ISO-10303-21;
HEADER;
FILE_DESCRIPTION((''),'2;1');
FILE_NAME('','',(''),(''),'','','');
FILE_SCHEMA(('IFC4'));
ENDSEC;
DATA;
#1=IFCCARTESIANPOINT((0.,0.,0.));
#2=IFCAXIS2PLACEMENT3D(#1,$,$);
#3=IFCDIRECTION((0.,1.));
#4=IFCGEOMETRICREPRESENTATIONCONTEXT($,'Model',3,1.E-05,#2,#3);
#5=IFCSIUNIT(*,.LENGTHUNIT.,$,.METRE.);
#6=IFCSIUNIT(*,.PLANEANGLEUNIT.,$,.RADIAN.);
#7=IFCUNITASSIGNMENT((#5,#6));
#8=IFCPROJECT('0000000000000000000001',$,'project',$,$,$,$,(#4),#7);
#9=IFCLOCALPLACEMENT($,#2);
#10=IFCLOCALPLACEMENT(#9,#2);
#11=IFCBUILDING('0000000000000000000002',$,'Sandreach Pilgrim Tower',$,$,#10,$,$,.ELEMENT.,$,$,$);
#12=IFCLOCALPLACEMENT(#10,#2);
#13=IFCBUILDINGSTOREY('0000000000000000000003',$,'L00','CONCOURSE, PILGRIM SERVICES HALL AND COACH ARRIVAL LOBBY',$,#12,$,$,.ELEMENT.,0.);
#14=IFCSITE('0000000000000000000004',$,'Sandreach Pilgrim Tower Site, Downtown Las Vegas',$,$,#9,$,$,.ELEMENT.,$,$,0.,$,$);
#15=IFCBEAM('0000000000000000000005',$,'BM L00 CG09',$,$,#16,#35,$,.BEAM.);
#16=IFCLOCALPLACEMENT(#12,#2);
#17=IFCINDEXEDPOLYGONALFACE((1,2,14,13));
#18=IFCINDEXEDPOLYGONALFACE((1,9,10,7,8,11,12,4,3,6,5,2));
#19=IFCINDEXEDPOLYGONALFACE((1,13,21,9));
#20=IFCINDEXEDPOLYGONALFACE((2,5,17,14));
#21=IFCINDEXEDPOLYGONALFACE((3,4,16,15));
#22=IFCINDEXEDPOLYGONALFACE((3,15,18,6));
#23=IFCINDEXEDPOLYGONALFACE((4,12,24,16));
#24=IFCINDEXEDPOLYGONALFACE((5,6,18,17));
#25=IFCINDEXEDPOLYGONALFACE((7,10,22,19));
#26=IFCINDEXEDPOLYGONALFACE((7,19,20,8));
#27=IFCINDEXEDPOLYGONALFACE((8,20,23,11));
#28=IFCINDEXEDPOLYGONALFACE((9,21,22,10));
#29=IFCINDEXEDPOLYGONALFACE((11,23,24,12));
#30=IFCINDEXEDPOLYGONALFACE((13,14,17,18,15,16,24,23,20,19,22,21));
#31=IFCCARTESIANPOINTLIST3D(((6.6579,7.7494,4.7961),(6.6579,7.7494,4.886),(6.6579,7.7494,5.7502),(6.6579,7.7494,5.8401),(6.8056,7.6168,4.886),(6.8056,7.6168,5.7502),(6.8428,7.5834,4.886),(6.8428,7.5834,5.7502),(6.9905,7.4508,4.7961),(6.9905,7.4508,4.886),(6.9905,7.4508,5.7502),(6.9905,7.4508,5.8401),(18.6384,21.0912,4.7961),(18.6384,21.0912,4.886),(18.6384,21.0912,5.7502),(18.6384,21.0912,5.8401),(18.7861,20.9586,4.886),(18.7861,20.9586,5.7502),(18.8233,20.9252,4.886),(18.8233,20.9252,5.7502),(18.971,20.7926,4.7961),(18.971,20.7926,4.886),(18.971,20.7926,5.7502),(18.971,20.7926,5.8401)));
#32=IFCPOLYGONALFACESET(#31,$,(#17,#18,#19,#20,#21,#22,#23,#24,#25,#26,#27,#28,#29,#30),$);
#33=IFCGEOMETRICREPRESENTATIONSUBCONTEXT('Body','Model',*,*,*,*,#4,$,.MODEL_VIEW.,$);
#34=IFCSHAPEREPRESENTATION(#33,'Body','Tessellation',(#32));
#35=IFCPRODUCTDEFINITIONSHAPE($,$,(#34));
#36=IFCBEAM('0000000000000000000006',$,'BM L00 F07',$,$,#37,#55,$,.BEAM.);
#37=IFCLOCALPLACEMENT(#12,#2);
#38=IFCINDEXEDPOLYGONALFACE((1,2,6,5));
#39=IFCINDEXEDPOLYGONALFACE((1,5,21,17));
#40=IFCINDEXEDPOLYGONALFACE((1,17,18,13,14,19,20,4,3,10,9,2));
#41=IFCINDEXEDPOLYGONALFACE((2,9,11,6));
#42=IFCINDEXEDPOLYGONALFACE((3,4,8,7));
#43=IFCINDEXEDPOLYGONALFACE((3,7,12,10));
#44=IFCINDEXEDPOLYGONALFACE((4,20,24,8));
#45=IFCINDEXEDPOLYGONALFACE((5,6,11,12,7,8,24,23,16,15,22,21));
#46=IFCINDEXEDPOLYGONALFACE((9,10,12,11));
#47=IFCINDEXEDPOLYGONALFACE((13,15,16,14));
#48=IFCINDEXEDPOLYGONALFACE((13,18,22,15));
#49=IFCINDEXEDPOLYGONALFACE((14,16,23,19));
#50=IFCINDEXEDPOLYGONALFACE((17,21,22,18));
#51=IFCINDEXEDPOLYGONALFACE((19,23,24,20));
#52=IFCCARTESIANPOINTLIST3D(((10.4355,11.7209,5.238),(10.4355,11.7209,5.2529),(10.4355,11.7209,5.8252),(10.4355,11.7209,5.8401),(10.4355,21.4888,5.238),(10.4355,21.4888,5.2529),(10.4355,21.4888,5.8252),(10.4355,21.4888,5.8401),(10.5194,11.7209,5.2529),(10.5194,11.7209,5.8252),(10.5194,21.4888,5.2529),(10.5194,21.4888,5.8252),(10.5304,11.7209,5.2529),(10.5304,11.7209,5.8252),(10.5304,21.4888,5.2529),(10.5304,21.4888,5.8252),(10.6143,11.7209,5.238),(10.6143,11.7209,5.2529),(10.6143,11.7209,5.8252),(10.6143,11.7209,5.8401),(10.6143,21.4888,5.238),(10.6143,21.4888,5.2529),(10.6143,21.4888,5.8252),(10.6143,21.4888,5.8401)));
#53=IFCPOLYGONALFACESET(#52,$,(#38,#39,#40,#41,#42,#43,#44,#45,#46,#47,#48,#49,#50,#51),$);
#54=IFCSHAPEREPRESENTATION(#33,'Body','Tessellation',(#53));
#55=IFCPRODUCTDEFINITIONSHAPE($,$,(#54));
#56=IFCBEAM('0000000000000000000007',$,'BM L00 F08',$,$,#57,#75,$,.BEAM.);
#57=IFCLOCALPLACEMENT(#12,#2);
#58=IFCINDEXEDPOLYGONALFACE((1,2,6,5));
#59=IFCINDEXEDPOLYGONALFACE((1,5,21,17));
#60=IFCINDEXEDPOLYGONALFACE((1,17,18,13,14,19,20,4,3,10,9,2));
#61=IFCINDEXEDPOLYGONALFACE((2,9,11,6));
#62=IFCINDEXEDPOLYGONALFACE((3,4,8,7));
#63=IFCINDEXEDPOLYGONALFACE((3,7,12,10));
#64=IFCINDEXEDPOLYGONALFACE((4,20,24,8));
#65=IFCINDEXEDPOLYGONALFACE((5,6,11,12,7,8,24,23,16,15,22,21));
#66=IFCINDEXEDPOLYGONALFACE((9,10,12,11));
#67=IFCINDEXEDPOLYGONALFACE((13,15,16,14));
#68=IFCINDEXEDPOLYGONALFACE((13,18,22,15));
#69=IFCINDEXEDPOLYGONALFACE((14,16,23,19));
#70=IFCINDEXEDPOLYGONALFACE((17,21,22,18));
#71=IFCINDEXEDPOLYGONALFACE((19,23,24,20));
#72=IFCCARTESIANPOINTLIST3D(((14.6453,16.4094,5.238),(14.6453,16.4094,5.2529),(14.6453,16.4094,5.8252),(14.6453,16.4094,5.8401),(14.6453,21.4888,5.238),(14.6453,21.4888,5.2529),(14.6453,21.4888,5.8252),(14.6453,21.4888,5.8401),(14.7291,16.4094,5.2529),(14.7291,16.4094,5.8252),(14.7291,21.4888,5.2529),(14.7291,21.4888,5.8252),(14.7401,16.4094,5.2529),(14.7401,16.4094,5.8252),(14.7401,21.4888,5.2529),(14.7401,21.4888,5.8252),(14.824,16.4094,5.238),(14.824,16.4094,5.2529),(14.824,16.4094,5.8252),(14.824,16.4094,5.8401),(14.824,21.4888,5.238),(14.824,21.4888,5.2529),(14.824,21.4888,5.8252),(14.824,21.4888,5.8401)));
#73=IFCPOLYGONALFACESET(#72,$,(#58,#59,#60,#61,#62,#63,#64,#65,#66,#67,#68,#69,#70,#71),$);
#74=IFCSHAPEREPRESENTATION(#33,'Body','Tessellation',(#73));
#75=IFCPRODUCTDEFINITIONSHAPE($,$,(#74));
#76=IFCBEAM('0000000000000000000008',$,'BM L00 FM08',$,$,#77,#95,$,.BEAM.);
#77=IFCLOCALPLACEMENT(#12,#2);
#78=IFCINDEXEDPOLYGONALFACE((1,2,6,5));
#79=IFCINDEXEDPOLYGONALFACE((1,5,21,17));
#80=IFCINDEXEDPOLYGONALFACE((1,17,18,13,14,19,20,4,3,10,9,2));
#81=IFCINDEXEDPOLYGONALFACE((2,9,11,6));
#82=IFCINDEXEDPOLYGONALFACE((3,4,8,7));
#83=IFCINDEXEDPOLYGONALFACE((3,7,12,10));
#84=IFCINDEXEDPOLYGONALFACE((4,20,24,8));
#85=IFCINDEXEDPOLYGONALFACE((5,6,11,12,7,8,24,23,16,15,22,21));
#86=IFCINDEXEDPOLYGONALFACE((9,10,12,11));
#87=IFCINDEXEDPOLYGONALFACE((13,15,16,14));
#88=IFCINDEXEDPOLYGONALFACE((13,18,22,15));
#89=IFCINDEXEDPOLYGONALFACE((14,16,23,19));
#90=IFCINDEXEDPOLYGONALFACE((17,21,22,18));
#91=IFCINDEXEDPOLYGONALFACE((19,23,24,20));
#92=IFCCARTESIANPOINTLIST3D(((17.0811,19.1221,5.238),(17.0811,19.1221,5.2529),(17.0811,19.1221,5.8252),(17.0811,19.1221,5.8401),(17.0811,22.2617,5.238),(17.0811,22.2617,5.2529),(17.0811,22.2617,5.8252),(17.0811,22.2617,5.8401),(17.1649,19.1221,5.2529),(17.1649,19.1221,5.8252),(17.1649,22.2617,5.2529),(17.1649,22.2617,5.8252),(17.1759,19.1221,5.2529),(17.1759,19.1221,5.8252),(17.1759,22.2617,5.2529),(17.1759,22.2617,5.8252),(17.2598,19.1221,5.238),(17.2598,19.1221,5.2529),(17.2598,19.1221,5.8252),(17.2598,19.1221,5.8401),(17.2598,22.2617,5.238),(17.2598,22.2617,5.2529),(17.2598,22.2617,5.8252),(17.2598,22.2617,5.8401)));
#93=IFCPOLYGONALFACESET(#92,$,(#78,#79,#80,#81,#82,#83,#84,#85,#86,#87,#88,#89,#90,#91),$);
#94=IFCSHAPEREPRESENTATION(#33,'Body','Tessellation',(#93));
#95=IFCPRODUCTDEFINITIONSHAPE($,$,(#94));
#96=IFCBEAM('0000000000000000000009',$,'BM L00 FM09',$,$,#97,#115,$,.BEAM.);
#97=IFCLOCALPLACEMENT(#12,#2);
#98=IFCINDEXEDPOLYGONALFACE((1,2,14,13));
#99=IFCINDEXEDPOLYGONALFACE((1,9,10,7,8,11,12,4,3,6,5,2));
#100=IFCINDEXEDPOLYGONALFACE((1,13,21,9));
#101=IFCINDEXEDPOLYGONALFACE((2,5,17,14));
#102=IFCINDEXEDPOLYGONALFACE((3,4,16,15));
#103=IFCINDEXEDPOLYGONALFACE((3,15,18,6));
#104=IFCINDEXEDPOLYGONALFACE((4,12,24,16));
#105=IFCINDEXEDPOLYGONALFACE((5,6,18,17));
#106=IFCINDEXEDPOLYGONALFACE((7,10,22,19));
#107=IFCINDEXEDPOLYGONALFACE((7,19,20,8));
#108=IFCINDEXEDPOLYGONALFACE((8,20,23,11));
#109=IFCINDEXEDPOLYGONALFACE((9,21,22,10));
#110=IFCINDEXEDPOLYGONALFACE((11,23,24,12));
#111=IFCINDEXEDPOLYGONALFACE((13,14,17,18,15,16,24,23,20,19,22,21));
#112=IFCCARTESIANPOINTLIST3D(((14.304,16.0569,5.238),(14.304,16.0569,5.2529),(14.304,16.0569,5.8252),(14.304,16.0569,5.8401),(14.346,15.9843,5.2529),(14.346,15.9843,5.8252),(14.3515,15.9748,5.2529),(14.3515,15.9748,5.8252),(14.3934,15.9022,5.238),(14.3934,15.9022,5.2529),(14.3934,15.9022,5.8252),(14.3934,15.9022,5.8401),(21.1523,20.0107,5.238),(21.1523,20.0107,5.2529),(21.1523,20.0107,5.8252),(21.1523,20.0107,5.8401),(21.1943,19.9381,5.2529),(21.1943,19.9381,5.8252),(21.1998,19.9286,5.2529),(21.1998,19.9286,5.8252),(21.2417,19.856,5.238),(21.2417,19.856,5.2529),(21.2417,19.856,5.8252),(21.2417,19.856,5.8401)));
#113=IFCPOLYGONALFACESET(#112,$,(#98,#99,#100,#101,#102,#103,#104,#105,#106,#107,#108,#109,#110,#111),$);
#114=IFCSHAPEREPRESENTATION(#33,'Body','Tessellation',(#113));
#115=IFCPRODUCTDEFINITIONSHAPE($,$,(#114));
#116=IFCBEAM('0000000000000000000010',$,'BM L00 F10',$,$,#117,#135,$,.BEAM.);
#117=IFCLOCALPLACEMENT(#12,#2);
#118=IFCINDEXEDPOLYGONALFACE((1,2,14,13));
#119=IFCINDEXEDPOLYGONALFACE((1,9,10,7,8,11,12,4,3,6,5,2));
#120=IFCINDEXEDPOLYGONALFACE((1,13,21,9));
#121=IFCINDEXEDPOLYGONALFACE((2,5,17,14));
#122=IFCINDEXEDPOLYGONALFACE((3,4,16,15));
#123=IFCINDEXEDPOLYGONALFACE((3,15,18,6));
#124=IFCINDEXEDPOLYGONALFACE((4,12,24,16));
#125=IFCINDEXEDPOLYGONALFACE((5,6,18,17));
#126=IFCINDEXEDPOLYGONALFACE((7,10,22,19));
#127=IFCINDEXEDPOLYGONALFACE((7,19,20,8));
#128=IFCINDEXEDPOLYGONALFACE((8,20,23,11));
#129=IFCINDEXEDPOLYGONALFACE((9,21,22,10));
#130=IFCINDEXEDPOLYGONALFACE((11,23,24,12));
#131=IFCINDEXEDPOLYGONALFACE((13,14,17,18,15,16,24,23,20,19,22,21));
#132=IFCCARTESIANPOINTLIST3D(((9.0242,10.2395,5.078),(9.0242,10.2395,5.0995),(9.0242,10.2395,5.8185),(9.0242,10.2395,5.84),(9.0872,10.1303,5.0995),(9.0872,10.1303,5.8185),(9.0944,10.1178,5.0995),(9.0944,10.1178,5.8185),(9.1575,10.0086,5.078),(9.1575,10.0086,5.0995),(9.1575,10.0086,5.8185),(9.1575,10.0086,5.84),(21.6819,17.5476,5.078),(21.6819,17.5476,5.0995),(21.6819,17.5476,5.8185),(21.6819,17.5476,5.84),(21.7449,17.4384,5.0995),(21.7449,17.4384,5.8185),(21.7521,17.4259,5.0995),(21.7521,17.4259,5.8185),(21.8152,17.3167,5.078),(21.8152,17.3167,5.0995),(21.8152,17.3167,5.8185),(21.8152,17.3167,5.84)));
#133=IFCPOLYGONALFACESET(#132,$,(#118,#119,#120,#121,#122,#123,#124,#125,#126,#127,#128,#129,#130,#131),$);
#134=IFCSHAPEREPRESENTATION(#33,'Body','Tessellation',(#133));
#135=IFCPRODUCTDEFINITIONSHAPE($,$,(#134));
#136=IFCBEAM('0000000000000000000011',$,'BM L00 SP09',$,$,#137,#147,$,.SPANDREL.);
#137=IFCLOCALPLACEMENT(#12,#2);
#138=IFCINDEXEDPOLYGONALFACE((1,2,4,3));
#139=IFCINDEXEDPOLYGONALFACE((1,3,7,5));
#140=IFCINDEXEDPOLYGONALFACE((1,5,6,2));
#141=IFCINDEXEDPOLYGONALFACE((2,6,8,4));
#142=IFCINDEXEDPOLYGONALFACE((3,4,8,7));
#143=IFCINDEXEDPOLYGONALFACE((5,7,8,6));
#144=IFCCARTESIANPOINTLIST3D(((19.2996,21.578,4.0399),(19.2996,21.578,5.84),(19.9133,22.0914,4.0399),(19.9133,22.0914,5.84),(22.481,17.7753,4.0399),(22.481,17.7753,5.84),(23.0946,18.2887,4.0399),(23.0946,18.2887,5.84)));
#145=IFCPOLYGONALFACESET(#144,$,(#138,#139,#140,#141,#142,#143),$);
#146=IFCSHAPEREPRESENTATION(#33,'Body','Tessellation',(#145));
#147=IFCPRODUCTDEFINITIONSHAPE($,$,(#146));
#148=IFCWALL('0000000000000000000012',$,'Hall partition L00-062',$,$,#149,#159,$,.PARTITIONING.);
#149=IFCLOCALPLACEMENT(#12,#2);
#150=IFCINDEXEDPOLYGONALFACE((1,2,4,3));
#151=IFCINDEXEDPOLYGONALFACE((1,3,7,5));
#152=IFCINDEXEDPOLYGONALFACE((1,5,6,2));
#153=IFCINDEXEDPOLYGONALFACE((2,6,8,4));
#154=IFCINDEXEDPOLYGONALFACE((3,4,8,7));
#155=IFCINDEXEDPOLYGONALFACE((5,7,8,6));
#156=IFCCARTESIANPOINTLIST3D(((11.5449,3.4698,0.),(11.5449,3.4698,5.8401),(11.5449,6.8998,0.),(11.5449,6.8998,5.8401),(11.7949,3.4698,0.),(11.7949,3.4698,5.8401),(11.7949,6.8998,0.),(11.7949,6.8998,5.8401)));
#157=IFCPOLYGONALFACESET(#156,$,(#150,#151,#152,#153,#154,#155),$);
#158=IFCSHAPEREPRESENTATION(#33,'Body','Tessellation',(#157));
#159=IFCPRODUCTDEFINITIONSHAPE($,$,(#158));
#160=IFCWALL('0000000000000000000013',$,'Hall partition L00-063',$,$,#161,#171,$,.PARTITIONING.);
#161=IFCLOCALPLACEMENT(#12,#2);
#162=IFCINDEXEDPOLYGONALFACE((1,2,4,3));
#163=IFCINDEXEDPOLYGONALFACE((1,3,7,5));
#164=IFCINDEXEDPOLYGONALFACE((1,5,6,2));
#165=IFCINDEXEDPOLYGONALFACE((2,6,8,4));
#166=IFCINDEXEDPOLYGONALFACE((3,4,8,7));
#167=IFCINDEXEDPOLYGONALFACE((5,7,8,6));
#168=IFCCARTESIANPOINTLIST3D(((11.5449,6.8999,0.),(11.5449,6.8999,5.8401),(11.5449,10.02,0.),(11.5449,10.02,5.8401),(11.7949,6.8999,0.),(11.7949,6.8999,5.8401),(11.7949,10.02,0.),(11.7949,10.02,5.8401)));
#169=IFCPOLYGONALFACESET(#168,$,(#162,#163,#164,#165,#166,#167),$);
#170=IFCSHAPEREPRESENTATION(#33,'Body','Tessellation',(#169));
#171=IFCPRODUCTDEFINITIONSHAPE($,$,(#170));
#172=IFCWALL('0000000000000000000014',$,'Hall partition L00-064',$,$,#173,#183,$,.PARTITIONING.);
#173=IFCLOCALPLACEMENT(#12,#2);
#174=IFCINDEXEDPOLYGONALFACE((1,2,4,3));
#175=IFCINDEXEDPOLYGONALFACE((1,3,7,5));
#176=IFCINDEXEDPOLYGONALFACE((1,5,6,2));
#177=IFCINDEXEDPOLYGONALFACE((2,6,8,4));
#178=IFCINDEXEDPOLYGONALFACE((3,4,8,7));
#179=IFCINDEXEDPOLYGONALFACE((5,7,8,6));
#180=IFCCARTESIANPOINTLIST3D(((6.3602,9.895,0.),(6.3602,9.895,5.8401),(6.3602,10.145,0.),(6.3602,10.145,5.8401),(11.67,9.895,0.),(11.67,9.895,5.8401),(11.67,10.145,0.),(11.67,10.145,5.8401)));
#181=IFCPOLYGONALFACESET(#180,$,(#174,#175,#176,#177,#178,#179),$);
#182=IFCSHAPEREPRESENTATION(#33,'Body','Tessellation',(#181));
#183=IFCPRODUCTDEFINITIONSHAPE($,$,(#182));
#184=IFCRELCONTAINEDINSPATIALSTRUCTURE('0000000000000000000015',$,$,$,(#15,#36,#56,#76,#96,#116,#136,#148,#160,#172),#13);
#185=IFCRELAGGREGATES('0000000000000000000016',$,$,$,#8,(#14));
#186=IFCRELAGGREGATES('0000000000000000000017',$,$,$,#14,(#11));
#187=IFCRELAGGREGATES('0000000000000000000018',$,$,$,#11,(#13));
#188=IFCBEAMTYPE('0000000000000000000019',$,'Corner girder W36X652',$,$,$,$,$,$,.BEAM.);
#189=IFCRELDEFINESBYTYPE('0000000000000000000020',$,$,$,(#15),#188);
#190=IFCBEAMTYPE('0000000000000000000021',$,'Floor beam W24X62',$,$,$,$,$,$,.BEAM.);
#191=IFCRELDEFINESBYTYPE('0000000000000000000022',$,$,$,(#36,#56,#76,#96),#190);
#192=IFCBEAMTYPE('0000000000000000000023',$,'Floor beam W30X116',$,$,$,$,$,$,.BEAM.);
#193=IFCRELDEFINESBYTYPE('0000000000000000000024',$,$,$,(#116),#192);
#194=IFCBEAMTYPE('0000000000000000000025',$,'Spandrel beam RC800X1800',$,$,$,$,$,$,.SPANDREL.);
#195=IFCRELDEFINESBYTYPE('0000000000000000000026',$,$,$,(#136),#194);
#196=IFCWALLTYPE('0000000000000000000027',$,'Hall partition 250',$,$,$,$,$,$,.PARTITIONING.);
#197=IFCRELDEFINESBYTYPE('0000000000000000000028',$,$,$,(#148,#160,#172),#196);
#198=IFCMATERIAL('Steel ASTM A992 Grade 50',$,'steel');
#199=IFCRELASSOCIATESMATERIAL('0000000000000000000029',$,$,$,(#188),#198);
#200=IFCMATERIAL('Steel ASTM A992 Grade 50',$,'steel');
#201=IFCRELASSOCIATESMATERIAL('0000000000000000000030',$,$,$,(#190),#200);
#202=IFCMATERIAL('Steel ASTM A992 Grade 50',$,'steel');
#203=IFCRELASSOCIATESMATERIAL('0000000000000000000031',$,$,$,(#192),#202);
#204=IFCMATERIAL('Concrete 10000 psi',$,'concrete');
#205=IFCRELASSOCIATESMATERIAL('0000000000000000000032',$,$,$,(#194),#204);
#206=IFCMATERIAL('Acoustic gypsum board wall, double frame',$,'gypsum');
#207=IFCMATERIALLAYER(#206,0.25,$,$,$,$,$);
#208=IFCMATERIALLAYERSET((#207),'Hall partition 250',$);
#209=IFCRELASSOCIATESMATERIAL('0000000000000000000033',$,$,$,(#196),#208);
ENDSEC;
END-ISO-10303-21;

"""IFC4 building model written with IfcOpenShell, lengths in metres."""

from ifc_helpers import new_model, si_unit, direction, frame, frame_2d, origin, origin_2d, place, context, subcontext, project, spatial, rectangle, i_section, extrude, material, layer, layer_set, material_profile, profile_set, type_object, element, save


model = new_model("IFC4")

# Units and contexts
model_context = context("Model", 3, precision=1e-05, world=origin(), true_north=direction((0.0, 1.0)))
body_context = subcontext(model_context, "Body", "Model", "MODEL_VIEW")
ifc_project = project(units=[si_unit("LENGTHUNIT", "METRE"), si_unit("PLANEANGLEUNIT", "RADIAN")], contexts=[model_context])

# Site, building, storey
site_placement = place(None, origin())
site = spatial("IfcSite", under=ifc_project, at=site_placement, Name="Sandreach Pilgrim Tower Site, Downtown Las Vegas", CompositionType="ELEMENT", RefElevation=0.0)
building_placement = place(site_placement, origin())
building = spatial("IfcBuilding", under=site, at=building_placement, Name="Sandreach Pilgrim Tower", CompositionType="ELEMENT")
storey_placement = place(building_placement, origin())
storey = spatial("IfcBuildingStorey", under=building, at=storey_placement, Name="L00", Description="CONCOURSE, PILGRIM SERVICES HALL AND COACH ARRIVAL LOBBY", CompositionType="ELEMENT", Elevation=0.0)

# Beams
ifc_material_1 = material(Name="Steel ASTM A992 Grade 50", Category="steel")
ifc_material_profile_1 = material_profile(ifc_material_1, i_section(OverallWidth=0.447, OverallDepth=1.0439, WebThickness=0.05, FlangeThickness=0.0898, at=origin_2d()), Name="W36X652")
ifc_profile_set_1 = profile_set([ifc_material_profile_1], Name="Steel ASTM A992 Grade 50")
beam_type_1 = type_object("IfcBeamType", Name="Corner girder W36X652", PredefinedType="BEAM", material=ifc_profile_set_1)
beam_1_placement = place(storey_placement, frame((18.8047, 20.9419, 5.3181), z_axis=(-0.668128, -0.744047, 0.0), x_axis=(0.744047, -0.668128, 0.0)))
element("IfcBeam", 1, at=beam_1_placement, inside=storey, type_object=beam_type_1, Name="BM L00 CG09", PredefinedType="BEAM", context=body_context, shape_type="SweptSolid", body=[
    extrude(i_section(OverallWidth=0.447, OverallDepth=1.0439, WebThickness=0.05, FlangeThickness=0.0898, at=origin_2d()), origin(), (0.0, 0.0, 1.0), 17.9314),
])
ifc_material_2 = material(Name="Steel ASTM A992 Grade 50", Category="steel")
ifc_material_profile_2 = material_profile(ifc_material_2, i_section(OverallWidth=0.1787, OverallDepth=0.6021, WebThickness=0.011, FlangeThickness=0.0149, at=origin_2d()), Name="W24X62")
ifc_profile_set_2 = profile_set([ifc_material_profile_2], Name="Steel ASTM A992 Grade 50")
beam_type_2 = type_object("IfcBeamType", Name="Floor beam W24X62", PredefinedType="BEAM", material=ifc_profile_set_2)
beam_2_placement = place(storey_placement, frame((10.5249, 21.4888, 5.5391), z_axis=(0.0, -1.0, 0.0), x_axis=(1.0, 0.0, 0.0)))
element("IfcBeam", 2, at=beam_2_placement, inside=storey, type_object=beam_type_2, Name="BM L00 F07", PredefinedType="BEAM", context=body_context, shape_type="SweptSolid", body=[
    extrude(i_section(OverallWidth=0.1787, OverallDepth=0.6021, WebThickness=0.011, FlangeThickness=0.0149, at=origin_2d()), origin(), (0.0, 0.0, 1.0), 9.7678),
])
beam_3_placement = place(storey_placement, frame((14.7346, 21.4888, 5.5391), z_axis=(0.0, -1.0, 0.0), x_axis=(1.0, 0.0, 0.0)))
element("IfcBeam", 3, at=beam_3_placement, inside=storey, type_object=beam_type_2, Name="BM L00 F08", PredefinedType="BEAM", context=body_context, shape_type="SweptSolid", body=[
    extrude(i_section(OverallWidth=0.1787, OverallDepth=0.6021, WebThickness=0.011, FlangeThickness=0.0149, at=origin_2d()), origin(), (0.0, 0.0, 1.0), 5.0793),
])
beam_4_placement = place(storey_placement, frame((17.1704, 22.2617, 5.5391), z_axis=(0.0, -1.0, 0.0), x_axis=(1.0, 0.0, 0.0)))
element("IfcBeam", 4, at=beam_4_placement, inside=storey, type_object=beam_type_2, Name="BM L00 FM08", PredefinedType="BEAM", context=body_context, shape_type="SweptSolid", body=[
    extrude(i_section(OverallWidth=0.1787, OverallDepth=0.6021, WebThickness=0.011, FlangeThickness=0.0149, at=origin_2d()), origin(), (0.0, 0.0, 1.0), 3.1396),
])
beam_5_placement = place(storey_placement, frame((21.197, 19.9333, 5.5391), z_axis=(-0.866029, -0.499994, 0.0), x_axis=(0.499994, -0.866029, 0.0)))
element("IfcBeam", 5, at=beam_5_placement, inside=storey, type_object=beam_type_2, Name="BM L00 FM09", PredefinedType="BEAM", context=body_context, shape_type="SweptSolid", body=[
    extrude(i_section(OverallWidth=0.1787, OverallDepth=0.6021, WebThickness=0.011, FlangeThickness=0.0149, at=origin_2d()), origin(), (0.0, 0.0, 1.0), 7.9077),
])
ifc_material_3 = material(Name="Steel ASTM A992 Grade 50", Category="steel")
ifc_material_profile_3 = material_profile(ifc_material_3, i_section(OverallWidth=0.2666, OverallDepth=0.762, WebThickness=0.0144, FlangeThickness=0.0215, at=origin_2d()), Name="W30X116")
ifc_profile_set_3 = profile_set([ifc_material_profile_3], Name="Steel ASTM A992 Grade 50")
beam_type_3 = type_object("IfcBeamType", Name="Floor beam W30X116", PredefinedType="BEAM", material=ifc_profile_set_3)
beam_6_placement = place(storey_placement, frame((21.7485, 17.4321, 5.459), z_axis=(-0.86602, -0.500009, 0.0), x_axis=(0.500009, -0.86602, 0.0)))
element("IfcBeam", 6, at=beam_6_placement, inside=storey, type_object=beam_type_3, Name="BM L00 F10", PredefinedType="BEAM", context=body_context, shape_type="SweptSolid", body=[
    extrude(i_section(OverallWidth=0.2666, OverallDepth=0.762, WebThickness=0.0144, FlangeThickness=0.0215, at=origin_2d()), origin(), (0.0, 0.0, 1.0), 14.616),
])
ifc_material_4 = material(Name="Concrete 10000 psi", Category="concrete")
ifc_material_profile_4 = material_profile(ifc_material_4, rectangle(XDim=0.8, YDim=1.8, at=origin_2d()), Name="RC800X1800")
ifc_profile_set_4 = profile_set([ifc_material_profile_4], Name="Concrete 10000 psi")
beam_type_4 = type_object("IfcBeamType", Name="Spandrel beam RC800X1800", PredefinedType="SPANDREL", material=ifc_profile_set_4)
beam_7_placement = place(storey_placement, frame((19.6064, 21.8347, 4.9399), z_axis=(0.641665, -0.766985, 0.0), x_axis=(0.766985, 0.641665, 0.0)))
element("IfcBeam", 7, at=beam_7_placement, inside=storey, type_object=beam_type_4, Name="BM L00 SP09", PredefinedType="SPANDREL", context=body_context, shape_type="SweptSolid", body=[
    extrude(rectangle(XDim=0.8, YDim=1.8, at=origin_2d()), origin(), (0.0, 0.0, 1.0), 4.958),
])

# Walls
ifc_material_5 = material(Name="Acoustic gypsum board wall, double frame", Category="gypsum")
ifc_layer = layer(ifc_material_5, 0.25)
ifc_layer_set = layer_set([ifc_layer], Name="Hall partition 250")
wall_type = type_object("IfcWallType", Name="Hall partition 250", PredefinedType="PARTITIONING", material=ifc_layer_set)
wall_1_placement = place(storey_placement, frame((11.6699, 3.47, 0.0), z_axis=(0.0, 0.0, 1.0), x_axis=(0.0, 1.0, 0.0)))
element("IfcWall", 8, at=wall_1_placement, inside=storey, type_object=wall_type, Name="Hall partition L00-062", PredefinedType="PARTITIONING", context=body_context, shape_type="SweptSolid", body=[
    extrude(rectangle(XDim=3.4299, YDim=0.25, at=frame_2d((1.7148, 0.0))), origin(), (0.0, 0.0, 1.0), 5.8401),
])
wall_2_placement = place(storey_placement, frame((11.6699, 6.8999, 0.0), z_axis=(0.0, 0.0, 1.0), x_axis=(0.0, 1.0, 0.0)))
element("IfcWall", 9, at=wall_2_placement, inside=storey, type_object=wall_type, Name="Hall partition L00-063", PredefinedType="PARTITIONING", context=body_context, shape_type="SweptSolid", body=[
    extrude(rectangle(XDim=3.1201, YDim=0.25, at=frame_2d((1.5601, 0.0))), origin(), (0.0, 0.0, 1.0), 5.8401),
])
wall_3_placement = place(storey_placement, frame((11.6699, 10.02, 0.0), z_axis=(0.0, 0.0, 1.0), x_axis=(-1.0, 0.0, 0.0)))
element("IfcWall", 10, at=wall_3_placement, inside=storey, type_object=wall_type, Name="Hall partition L00-064", PredefinedType="PARTITIONING", context=body_context, shape_type="SweptSolid", body=[
    extrude(rectangle(XDim=5.3098, YDim=0.25, at=frame_2d((2.6548, 0.0))), origin(), (0.0, 0.0, 1.0), 5.8401),
])

save(model, "model.ifc")
